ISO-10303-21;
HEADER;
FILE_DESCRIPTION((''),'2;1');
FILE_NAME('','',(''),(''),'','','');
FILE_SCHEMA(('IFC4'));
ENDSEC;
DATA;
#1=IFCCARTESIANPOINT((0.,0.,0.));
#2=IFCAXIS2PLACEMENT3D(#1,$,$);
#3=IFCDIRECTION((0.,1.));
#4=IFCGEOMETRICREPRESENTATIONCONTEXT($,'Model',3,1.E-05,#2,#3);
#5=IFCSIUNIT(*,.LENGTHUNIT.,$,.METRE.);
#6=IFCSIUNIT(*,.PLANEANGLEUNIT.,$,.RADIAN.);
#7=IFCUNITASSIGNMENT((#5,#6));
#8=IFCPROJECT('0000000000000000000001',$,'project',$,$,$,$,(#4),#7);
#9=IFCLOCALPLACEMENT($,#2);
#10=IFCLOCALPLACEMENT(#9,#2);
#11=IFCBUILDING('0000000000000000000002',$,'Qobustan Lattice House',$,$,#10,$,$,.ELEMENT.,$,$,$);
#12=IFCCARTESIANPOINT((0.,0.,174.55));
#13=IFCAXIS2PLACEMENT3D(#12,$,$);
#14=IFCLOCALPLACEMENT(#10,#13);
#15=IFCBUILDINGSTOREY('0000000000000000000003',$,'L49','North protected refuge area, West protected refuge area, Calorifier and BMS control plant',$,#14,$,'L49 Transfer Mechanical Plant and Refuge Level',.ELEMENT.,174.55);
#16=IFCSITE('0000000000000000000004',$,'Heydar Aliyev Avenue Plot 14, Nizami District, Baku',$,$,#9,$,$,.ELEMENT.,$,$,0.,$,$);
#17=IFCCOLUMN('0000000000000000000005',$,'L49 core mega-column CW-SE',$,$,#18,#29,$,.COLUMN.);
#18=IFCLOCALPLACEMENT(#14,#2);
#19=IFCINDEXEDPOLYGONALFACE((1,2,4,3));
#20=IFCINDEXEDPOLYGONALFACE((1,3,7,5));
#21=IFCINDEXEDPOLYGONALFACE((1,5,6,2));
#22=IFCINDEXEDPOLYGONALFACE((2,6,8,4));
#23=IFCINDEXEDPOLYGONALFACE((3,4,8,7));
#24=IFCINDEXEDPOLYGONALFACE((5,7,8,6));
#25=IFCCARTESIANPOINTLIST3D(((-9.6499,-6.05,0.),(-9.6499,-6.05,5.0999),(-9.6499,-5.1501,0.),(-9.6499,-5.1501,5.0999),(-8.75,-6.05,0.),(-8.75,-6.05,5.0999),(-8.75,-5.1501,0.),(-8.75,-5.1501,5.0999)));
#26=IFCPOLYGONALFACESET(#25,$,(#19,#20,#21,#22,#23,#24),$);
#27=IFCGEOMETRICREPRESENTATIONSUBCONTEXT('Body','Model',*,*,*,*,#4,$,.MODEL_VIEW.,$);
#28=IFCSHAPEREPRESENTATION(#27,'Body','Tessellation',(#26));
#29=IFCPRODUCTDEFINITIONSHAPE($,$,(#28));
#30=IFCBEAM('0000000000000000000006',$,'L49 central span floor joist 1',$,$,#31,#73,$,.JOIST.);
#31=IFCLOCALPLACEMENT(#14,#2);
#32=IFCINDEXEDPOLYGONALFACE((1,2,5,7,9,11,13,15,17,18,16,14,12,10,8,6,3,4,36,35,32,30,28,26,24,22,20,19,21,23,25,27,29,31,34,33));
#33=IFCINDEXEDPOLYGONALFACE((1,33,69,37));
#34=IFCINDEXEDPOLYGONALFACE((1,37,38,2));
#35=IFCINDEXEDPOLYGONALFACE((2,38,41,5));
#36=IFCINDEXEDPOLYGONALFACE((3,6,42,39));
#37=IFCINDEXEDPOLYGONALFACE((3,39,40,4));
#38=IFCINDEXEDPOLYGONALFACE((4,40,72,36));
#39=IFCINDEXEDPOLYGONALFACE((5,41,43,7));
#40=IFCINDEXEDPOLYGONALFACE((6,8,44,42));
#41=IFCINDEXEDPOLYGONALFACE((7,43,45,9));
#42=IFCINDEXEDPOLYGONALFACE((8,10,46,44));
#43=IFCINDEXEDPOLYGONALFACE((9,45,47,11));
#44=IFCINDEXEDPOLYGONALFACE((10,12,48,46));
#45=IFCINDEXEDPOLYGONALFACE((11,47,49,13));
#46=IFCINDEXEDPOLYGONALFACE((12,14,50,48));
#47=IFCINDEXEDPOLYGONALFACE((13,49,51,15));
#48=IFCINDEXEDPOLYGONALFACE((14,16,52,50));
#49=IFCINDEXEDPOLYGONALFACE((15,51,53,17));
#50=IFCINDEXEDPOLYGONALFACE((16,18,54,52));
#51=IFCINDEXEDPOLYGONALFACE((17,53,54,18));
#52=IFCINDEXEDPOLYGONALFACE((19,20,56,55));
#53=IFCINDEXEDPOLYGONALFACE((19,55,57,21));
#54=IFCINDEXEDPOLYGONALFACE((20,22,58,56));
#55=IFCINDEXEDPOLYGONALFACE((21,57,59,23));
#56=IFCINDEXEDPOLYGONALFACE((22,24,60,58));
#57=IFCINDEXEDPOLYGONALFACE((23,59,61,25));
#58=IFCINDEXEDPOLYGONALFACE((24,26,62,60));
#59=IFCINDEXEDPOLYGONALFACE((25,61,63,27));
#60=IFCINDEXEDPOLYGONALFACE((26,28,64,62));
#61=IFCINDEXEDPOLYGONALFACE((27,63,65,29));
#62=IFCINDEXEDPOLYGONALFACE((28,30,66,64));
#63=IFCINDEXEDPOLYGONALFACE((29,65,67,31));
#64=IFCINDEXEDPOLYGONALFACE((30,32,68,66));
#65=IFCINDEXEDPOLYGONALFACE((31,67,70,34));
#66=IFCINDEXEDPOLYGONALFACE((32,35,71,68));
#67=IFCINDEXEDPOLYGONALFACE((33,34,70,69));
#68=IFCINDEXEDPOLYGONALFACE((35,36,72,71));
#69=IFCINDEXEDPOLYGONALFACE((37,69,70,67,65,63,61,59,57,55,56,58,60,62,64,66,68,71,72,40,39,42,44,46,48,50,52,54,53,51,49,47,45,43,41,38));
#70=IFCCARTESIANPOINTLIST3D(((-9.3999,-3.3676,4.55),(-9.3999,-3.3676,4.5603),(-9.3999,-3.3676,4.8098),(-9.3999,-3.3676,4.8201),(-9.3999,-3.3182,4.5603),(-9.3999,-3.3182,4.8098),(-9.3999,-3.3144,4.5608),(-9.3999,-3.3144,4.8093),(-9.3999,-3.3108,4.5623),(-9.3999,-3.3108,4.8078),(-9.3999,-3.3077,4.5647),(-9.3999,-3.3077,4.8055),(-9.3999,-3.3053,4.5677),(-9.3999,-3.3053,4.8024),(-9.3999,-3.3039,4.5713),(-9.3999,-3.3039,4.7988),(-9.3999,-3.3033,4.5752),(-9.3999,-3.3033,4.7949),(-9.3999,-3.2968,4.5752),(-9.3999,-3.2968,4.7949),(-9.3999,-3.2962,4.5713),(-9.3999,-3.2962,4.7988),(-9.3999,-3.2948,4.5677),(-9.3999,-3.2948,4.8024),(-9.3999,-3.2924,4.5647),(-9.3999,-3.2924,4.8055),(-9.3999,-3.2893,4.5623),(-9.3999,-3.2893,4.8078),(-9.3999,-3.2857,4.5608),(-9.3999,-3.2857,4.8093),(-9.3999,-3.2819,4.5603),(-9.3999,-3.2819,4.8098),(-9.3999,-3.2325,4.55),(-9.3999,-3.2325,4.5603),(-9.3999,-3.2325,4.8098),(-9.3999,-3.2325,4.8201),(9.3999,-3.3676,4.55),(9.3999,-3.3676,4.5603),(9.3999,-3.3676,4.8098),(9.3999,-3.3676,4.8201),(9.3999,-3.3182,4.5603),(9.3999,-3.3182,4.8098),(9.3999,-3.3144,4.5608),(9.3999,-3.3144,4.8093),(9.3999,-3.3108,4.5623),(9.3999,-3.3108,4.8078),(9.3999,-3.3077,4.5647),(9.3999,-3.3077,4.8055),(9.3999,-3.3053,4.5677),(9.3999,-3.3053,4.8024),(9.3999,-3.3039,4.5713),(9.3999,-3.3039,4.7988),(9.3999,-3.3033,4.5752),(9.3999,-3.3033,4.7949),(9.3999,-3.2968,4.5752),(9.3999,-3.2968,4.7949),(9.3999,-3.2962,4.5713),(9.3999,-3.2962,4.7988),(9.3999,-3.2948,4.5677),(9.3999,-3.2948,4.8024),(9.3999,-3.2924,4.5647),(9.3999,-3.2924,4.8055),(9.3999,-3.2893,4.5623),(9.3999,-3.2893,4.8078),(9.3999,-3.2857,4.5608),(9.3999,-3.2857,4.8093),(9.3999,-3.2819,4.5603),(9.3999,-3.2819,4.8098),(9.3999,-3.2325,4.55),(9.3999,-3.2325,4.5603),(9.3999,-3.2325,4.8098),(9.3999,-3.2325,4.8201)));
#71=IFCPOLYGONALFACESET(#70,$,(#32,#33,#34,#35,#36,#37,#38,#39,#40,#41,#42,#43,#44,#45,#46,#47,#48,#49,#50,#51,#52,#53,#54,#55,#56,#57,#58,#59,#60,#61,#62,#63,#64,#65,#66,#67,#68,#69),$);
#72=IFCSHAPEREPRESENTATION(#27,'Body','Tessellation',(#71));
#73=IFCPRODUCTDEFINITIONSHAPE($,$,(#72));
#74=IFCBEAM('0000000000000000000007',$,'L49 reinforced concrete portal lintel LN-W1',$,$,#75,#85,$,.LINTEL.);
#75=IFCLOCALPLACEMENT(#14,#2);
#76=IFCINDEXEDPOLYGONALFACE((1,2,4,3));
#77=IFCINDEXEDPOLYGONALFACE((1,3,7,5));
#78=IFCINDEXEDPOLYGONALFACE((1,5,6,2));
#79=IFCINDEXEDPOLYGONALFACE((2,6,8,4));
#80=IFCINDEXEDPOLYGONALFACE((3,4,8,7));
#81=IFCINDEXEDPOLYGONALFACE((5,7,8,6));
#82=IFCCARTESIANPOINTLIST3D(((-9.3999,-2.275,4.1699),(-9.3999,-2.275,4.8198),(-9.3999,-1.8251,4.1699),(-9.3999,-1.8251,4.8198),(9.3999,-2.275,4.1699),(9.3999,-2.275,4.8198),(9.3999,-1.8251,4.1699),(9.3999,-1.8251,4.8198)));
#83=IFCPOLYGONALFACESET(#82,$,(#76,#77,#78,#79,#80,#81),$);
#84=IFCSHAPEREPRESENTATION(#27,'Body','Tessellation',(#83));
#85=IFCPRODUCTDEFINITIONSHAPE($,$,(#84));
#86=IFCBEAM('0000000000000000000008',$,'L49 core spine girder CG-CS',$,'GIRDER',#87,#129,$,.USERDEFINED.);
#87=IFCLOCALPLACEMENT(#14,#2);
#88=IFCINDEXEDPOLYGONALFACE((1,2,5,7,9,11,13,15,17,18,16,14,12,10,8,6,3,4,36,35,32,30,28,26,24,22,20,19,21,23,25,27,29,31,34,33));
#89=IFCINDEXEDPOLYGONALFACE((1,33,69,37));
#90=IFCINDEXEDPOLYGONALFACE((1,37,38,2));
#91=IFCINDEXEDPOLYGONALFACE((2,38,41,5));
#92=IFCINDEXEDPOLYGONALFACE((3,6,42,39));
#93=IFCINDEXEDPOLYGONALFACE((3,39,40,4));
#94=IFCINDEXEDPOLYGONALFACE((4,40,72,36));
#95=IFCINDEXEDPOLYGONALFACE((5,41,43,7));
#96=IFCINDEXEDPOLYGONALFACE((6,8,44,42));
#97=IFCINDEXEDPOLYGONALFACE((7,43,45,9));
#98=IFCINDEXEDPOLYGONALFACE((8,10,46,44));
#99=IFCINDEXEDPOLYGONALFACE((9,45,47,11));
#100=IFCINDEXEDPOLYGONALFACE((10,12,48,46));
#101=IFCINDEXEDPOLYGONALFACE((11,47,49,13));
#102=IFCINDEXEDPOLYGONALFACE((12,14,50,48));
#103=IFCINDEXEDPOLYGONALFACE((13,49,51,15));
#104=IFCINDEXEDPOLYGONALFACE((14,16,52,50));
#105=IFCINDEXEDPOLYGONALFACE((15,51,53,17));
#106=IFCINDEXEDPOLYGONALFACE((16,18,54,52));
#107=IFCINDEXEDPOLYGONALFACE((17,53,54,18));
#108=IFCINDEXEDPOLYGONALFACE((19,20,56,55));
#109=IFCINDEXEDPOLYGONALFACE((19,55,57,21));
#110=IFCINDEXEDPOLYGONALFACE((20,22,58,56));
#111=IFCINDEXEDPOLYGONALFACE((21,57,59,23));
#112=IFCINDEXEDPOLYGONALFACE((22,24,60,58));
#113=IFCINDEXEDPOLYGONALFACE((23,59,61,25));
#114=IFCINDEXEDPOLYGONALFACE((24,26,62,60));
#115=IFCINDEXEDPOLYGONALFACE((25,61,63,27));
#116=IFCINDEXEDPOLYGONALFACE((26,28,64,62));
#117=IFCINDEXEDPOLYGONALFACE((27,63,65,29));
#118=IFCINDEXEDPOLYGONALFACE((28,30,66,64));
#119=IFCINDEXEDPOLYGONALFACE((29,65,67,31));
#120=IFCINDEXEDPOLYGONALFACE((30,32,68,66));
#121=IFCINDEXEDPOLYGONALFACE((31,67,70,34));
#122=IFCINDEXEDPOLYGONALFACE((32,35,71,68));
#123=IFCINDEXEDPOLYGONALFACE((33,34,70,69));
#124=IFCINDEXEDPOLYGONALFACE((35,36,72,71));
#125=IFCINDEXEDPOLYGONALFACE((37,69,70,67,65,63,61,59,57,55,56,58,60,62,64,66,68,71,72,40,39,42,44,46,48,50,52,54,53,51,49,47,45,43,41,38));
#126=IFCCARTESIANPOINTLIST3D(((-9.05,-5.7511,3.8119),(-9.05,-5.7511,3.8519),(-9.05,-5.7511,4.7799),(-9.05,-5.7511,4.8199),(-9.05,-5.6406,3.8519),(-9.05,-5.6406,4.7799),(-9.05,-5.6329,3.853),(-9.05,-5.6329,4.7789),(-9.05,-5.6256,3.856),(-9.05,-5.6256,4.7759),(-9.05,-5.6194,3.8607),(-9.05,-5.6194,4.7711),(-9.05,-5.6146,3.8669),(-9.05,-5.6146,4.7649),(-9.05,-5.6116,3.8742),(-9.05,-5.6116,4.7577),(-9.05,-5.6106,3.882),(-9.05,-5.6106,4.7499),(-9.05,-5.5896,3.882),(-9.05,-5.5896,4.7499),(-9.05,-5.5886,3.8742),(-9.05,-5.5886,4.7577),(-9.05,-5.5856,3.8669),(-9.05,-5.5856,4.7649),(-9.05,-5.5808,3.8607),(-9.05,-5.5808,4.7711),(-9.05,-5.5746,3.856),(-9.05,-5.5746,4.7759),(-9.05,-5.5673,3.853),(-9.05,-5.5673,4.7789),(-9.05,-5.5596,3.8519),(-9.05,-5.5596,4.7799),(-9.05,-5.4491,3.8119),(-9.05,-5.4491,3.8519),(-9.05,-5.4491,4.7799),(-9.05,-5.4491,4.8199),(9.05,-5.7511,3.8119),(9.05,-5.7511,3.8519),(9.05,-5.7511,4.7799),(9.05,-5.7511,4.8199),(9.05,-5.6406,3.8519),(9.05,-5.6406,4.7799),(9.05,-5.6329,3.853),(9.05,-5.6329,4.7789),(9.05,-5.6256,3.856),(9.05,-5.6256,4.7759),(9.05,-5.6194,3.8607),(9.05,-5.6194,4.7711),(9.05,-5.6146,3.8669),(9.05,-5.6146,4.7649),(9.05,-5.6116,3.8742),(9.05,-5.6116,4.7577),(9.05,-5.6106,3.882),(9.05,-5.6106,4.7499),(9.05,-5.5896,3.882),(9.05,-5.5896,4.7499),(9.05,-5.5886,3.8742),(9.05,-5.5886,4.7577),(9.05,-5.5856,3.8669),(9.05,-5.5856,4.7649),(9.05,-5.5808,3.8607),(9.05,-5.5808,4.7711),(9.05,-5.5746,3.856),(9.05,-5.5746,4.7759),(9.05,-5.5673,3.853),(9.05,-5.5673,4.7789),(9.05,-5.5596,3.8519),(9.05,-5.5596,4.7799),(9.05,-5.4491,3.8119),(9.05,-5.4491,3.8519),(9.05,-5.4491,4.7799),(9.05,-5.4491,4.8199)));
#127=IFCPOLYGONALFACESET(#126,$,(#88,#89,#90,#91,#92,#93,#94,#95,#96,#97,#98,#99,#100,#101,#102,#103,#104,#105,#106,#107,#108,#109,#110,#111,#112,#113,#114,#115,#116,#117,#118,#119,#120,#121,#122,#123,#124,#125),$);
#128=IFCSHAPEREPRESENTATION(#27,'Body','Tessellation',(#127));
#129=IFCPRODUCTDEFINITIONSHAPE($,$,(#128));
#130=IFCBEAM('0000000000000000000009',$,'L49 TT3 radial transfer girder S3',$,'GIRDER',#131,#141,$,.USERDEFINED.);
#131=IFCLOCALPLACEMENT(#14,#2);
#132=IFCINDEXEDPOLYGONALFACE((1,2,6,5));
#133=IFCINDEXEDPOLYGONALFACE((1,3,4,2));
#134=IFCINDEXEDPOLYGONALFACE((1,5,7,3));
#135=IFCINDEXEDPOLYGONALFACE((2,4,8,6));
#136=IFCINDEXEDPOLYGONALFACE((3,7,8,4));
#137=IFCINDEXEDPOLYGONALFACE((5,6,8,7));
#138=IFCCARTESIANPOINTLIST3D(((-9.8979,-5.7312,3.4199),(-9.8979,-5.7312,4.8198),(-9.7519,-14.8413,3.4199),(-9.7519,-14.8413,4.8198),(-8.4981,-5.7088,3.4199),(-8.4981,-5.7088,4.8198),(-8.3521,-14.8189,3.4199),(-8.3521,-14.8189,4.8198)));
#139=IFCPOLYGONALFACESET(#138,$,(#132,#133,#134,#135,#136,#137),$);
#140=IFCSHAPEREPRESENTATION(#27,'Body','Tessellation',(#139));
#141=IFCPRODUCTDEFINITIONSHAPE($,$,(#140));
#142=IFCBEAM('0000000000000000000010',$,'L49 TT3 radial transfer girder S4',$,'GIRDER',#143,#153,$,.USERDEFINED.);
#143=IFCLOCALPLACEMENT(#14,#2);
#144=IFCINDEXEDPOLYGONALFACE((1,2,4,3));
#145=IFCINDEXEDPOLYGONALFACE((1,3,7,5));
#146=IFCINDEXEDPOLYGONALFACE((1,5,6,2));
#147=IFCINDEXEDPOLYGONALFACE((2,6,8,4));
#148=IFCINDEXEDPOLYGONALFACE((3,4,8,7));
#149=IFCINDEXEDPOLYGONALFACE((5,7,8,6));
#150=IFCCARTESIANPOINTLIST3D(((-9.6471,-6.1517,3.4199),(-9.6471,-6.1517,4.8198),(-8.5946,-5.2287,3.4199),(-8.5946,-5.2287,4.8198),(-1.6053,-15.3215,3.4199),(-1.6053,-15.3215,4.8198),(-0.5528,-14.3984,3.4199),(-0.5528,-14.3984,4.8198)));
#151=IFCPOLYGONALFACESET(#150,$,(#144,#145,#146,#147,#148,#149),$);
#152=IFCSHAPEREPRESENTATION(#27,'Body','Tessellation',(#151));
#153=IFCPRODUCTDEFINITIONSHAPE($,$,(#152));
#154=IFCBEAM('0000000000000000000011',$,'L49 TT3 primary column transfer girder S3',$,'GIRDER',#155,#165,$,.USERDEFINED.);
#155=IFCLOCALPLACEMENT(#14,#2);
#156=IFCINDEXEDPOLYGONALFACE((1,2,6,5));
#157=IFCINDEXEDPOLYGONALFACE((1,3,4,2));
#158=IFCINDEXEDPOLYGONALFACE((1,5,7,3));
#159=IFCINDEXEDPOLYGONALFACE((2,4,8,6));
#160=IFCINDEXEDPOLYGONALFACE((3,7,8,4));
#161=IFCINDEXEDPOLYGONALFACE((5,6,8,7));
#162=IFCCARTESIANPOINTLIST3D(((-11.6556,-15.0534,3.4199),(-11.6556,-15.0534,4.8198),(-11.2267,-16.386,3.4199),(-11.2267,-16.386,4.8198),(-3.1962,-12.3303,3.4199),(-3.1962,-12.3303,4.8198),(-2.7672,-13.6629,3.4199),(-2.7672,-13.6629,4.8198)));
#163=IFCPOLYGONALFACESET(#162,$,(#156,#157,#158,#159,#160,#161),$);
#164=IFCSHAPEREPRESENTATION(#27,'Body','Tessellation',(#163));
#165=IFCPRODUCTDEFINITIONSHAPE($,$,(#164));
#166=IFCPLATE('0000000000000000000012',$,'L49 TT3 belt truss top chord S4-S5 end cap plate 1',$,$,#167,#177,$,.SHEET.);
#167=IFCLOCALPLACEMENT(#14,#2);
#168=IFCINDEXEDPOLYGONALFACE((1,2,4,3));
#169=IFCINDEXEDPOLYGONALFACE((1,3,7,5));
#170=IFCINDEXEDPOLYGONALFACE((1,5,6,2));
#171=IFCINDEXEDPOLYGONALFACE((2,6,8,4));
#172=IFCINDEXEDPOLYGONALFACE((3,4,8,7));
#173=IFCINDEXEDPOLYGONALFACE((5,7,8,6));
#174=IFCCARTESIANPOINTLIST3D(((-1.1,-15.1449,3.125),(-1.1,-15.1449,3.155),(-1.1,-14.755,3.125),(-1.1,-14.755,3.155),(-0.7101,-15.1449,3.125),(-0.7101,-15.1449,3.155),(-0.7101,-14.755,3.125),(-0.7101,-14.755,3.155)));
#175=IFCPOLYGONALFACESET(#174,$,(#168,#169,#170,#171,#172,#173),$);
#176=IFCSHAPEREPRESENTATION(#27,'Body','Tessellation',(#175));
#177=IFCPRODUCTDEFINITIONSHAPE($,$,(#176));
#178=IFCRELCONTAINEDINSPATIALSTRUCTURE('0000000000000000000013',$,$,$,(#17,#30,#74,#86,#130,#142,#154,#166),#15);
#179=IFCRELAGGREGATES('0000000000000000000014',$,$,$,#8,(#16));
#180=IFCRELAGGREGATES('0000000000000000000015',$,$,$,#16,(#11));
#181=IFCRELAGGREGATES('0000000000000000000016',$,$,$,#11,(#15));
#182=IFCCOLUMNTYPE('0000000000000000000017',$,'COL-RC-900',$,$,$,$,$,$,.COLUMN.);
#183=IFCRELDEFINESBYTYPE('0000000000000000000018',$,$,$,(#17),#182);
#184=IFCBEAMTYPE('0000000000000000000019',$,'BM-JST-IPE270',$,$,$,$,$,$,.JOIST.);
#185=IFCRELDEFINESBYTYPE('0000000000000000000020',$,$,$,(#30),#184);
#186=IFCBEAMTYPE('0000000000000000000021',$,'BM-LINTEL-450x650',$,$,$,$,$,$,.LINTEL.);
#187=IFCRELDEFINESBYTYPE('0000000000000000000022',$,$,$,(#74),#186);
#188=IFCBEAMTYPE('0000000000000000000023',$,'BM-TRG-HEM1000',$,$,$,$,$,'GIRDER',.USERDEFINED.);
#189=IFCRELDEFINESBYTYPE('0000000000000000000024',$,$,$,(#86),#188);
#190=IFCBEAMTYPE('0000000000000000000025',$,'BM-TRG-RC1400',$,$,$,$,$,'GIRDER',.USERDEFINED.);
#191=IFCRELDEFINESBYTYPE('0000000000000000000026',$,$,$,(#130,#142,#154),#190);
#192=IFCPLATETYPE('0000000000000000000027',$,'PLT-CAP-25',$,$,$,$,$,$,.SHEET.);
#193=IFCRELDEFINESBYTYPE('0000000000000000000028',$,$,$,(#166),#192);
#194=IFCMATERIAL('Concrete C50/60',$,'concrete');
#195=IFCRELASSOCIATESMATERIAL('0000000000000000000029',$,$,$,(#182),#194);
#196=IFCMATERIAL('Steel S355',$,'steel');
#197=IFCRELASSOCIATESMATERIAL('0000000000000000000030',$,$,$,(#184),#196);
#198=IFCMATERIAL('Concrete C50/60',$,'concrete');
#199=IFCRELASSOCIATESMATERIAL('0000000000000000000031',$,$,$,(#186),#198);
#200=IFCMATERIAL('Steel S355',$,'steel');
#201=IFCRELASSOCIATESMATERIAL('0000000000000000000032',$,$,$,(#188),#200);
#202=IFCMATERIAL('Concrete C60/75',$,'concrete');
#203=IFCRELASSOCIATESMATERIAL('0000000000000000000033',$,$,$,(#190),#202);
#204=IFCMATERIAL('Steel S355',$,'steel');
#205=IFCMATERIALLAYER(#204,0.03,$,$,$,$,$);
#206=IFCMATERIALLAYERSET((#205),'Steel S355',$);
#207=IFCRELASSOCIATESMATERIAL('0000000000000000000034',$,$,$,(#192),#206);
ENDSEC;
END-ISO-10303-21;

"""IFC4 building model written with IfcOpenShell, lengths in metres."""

from ifc_helpers import new_model, si_unit, direction, frame, origin, origin_2d, place, context, subcontext, project, spatial, rectangle, i_section, extrude, material, layer, layer_set, material_profile, profile_set, type_object, element, save


model = new_model("IFC4")

# Units and contexts
model_context = context("Model", 3, precision=1e-05, world=origin(), true_north=direction((0.0, 1.0)))
body_context = subcontext(model_context, "Body", "Model", "MODEL_VIEW")
ifc_project = project(units=[si_unit("LENGTHUNIT", "METRE"), si_unit("PLANEANGLEUNIT", "RADIAN")], contexts=[model_context])

# Site, building, storey
site_placement = place(None, origin())
site = spatial("IfcSite", under=ifc_project, at=site_placement, Name="Heydar Aliyev Avenue Plot 14, Nizami District, Baku", CompositionType="ELEMENT", RefElevation=0.0)
building_placement = place(site_placement, origin())
building = spatial("IfcBuilding", under=site, at=building_placement, Name="Qobustan Lattice House", CompositionType="ELEMENT")
storey_placement = place(building_placement, frame((0.0, 0.0, 174.55)))
storey = spatial("IfcBuildingStorey", under=building, at=storey_placement, Name="L49", Description="North protected refuge area, West protected refuge area, Calorifier and BMS control plant", LongName="L49 Transfer Mechanical Plant and Refuge Level", CompositionType="ELEMENT", Elevation=174.55)

# Column
ifc_material_1 = material(Name="Concrete C50/60", Category="concrete")
ifc_material_profile_1 = material_profile(ifc_material_1, rectangle(XDim=0.8999, YDim=0.8999, at=origin_2d()), Name="RC900x900")
ifc_profile_set_1 = profile_set([ifc_material_profile_1], Name="Concrete C50/60")
column_type = type_object("IfcColumnType", Name="COL-RC-900", PredefinedType="COLUMN", material=ifc_profile_set_1)
column_placement = place(storey_placement, frame((-9.2, -5.6001, 0.0), z_axis=(0.0, 0.0, 1.0), x_axis=(1.0, 0.0, 0.0)))
element("IfcColumn", 1, at=column_placement, inside=storey, type_object=column_type, Name="L49 core mega-column CW-SE", PredefinedType="COLUMN", context=body_context, shape_type="SweptSolid", body=[
    extrude(rectangle(XDim=0.8999, YDim=0.8999, at=origin_2d()), origin(), (0.0, 0.0, 1.0), 5.0999),
])

# Beams
ifc_material_2 = material(Name="Steel S355", Category="steel")
ifc_material_profile_2 = material_profile(ifc_material_2, i_section(OverallWidth=0.135, OverallDepth=0.27, WebThickness=0.0066, FlangeThickness=0.0103, FilletRadius=0.0149, at=origin_2d()), Name="IPE270")
ifc_profile_set_2 = profile_set([ifc_material_profile_2], Name="Steel S355")
beam_type_1 = type_object("IfcBeamType", Name="BM-JST-IPE270", PredefinedType="JOIST", material=ifc_profile_set_2)
beam_1_placement = place(storey_placement, frame((-9.3999, -3.3, 4.6851), z_axis=(1.0, 0.0, 0.0), x_axis=(0.0, 1.0, 0.0)))
element("IfcBeam", 2, at=beam_1_placement, inside=storey, type_object=beam_type_1, Name="L49 central span floor joist 1", PredefinedType="JOIST", context=body_context, shape_type="SweptSolid", body=[
    extrude(i_section(OverallWidth=0.135, OverallDepth=0.27, WebThickness=0.0066, FlangeThickness=0.0103, FilletRadius=0.0149, at=origin_2d()), origin(), (0.0, 0.0, 1.0), 18.7998),
])
ifc_material_3 = material(Name="Concrete C50/60", Category="concrete")
ifc_material_profile_3 = material_profile(ifc_material_3, rectangle(XDim=0.45, YDim=0.6499, at=origin_2d()), Name="RC450x650")
ifc_profile_set_3 = profile_set([ifc_material_profile_3], Name="Concrete C50/60")
beam_type_2 = type_object("IfcBeamType", Name="BM-LINTEL-450x650", PredefinedType="LINTEL", material=ifc_profile_set_3)
beam_2_placement = place(storey_placement, frame((-9.3999, -2.05, 4.4949), z_axis=(1.0, 0.0, 0.0), x_axis=(0.0, 1.0, 0.0)))
element("IfcBeam", 3, at=beam_2_placement, inside=storey, type_object=beam_type_2, Name="L49 reinforced concrete portal lintel LN-W1", PredefinedType="LINTEL", context=body_context, shape_type="SweptSolid", body=[
    extrude(rectangle(XDim=0.45, YDim=0.6499, at=origin_2d()), origin(), (0.0, 0.0, 1.0), 18.7998),
])
ifc_material_4 = material(Name="Steel S355", Category="steel")
ifc_material_profile_4 = material_profile(ifc_material_4, i_section(OverallWidth=0.302, OverallDepth=1.0081, WebThickness=0.021, FlangeThickness=0.04, FilletRadius=0.03, at=origin_2d()), Name="HEM1000")
ifc_profile_set_4 = profile_set([ifc_material_profile_4], Name="Steel S355")
beam_type_3 = type_object("IfcBeamType", Name="BM-TRG-HEM1000", ElementType="GIRDER", PredefinedType="USERDEFINED", material=ifc_profile_set_4)
beam_3_placement = place(storey_placement, frame((-9.05, -5.6001, 4.3159), z_axis=(1.0, 0.0, 0.0), x_axis=(0.0, 1.0, 0.0)))
element("IfcBeam", 4, at=beam_3_placement, inside=storey, type_object=beam_type_3, Name="L49 core spine girder CG-CS", ObjectType="GIRDER", PredefinedType="USERDEFINED", context=body_context, shape_type="SweptSolid", body=[
    extrude(i_section(OverallWidth=0.302, OverallDepth=1.0081, WebThickness=0.021, FlangeThickness=0.04, FilletRadius=0.03, at=origin_2d()), origin(), (0.0, 0.0, 1.0), 18.1001),
])
ifc_material_5 = material(Name="Concrete C60/75", Category="concrete")
ifc_material_profile_5 = material_profile(ifc_material_5, rectangle(XDim=1.3999, YDim=1.3999, at=origin_2d()), Name="RC1400x1400")
ifc_profile_set_5 = profile_set([ifc_material_profile_5], Name="Concrete C60/75")
beam_type_4 = type_object("IfcBeamType", Name="BM-TRG-RC1400", ElementType="GIRDER", PredefinedType="USERDEFINED", material=ifc_profile_set_5)
beam_4_placement = place(storey_placement, frame((-9.198, -5.72, 4.1199), z_axis=(0.016024, -0.999872, 0.0), x_axis=(0.999872, 0.016024, 0.0)))
element("IfcBeam", 5, at=beam_4_placement, inside=storey, type_object=beam_type_4, Name="L49 TT3 radial transfer girder S3", ObjectType="GIRDER", PredefinedType="USERDEFINED", context=body_context, shape_type="SweptSolid", body=[
    extrude(rectangle(XDim=1.3999, YDim=1.3999, at=origin_2d()), origin(), (0.0, 0.0, 1.0), 9.1113),
])
beam_5_placement = place(storey_placement, frame((-9.1208, -5.6902, 4.1199), z_axis=(0.659353, -0.751833, 0.0), x_axis=(0.751833, 0.659353, 0.0)))
element("IfcBeam", 6, at=beam_5_placement, inside=storey, type_object=beam_type_4, Name="L49 TT3 radial transfer girder S4", ObjectType="GIRDER", PredefinedType="USERDEFINED", context=body_context, shape_type="SweptSolid", body=[
    extrude(rectangle(XDim=1.3999, YDim=1.3999, at=origin_2d()), origin(), (0.0, 0.0, 1.0), 12.1965),
])
beam_6_placement = place(storey_placement, frame((-2.9817, -12.9966, 4.1199), z_axis=(-0.951896, -0.30642, 0.0), x_axis=(0.30642, -0.951896, 0.0)))
element("IfcBeam", 7, at=beam_6_placement, inside=storey, type_object=beam_type_4, Name="L49 TT3 primary column transfer girder S3", ObjectType="GIRDER", PredefinedType="USERDEFINED", context=body_context, shape_type="SweptSolid", body=[
    extrude(rectangle(XDim=1.3999, YDim=1.3999, at=origin_2d()), origin(), (0.0, 0.0, 1.0), 8.887),
])

# Plate
ifc_material_6 = material(Name="Steel S355", Category="steel")
ifc_layer_1 = layer(ifc_material_6, 0.03)
ifc_layer_set_1 = layer_set([ifc_layer_1], Name="Steel S355")
plate_type = type_object("IfcPlateType", Name="PLT-CAP-25", PredefinedType="SHEET", material=ifc_layer_set_1)
plate_placement = place(storey_placement, frame((-0.905, -14.95, 3.125), z_axis=(0.0, 0.0, 1.0), x_axis=(1.0, 0.0, 0.0)))
element("IfcPlate", 8, at=plate_placement, inside=storey, type_object=plate_type, Name="L49 TT3 belt truss top chord S4-S5 end cap plate 1", PredefinedType="SHEET", context=body_context, shape_type="SweptSolid", body=[
    extrude(rectangle(XDim=0.3899, YDim=0.3899, at=origin_2d()), origin(), (0.0, 0.0, 1.0), 0.03),
])

save(model, "model.ifc")
